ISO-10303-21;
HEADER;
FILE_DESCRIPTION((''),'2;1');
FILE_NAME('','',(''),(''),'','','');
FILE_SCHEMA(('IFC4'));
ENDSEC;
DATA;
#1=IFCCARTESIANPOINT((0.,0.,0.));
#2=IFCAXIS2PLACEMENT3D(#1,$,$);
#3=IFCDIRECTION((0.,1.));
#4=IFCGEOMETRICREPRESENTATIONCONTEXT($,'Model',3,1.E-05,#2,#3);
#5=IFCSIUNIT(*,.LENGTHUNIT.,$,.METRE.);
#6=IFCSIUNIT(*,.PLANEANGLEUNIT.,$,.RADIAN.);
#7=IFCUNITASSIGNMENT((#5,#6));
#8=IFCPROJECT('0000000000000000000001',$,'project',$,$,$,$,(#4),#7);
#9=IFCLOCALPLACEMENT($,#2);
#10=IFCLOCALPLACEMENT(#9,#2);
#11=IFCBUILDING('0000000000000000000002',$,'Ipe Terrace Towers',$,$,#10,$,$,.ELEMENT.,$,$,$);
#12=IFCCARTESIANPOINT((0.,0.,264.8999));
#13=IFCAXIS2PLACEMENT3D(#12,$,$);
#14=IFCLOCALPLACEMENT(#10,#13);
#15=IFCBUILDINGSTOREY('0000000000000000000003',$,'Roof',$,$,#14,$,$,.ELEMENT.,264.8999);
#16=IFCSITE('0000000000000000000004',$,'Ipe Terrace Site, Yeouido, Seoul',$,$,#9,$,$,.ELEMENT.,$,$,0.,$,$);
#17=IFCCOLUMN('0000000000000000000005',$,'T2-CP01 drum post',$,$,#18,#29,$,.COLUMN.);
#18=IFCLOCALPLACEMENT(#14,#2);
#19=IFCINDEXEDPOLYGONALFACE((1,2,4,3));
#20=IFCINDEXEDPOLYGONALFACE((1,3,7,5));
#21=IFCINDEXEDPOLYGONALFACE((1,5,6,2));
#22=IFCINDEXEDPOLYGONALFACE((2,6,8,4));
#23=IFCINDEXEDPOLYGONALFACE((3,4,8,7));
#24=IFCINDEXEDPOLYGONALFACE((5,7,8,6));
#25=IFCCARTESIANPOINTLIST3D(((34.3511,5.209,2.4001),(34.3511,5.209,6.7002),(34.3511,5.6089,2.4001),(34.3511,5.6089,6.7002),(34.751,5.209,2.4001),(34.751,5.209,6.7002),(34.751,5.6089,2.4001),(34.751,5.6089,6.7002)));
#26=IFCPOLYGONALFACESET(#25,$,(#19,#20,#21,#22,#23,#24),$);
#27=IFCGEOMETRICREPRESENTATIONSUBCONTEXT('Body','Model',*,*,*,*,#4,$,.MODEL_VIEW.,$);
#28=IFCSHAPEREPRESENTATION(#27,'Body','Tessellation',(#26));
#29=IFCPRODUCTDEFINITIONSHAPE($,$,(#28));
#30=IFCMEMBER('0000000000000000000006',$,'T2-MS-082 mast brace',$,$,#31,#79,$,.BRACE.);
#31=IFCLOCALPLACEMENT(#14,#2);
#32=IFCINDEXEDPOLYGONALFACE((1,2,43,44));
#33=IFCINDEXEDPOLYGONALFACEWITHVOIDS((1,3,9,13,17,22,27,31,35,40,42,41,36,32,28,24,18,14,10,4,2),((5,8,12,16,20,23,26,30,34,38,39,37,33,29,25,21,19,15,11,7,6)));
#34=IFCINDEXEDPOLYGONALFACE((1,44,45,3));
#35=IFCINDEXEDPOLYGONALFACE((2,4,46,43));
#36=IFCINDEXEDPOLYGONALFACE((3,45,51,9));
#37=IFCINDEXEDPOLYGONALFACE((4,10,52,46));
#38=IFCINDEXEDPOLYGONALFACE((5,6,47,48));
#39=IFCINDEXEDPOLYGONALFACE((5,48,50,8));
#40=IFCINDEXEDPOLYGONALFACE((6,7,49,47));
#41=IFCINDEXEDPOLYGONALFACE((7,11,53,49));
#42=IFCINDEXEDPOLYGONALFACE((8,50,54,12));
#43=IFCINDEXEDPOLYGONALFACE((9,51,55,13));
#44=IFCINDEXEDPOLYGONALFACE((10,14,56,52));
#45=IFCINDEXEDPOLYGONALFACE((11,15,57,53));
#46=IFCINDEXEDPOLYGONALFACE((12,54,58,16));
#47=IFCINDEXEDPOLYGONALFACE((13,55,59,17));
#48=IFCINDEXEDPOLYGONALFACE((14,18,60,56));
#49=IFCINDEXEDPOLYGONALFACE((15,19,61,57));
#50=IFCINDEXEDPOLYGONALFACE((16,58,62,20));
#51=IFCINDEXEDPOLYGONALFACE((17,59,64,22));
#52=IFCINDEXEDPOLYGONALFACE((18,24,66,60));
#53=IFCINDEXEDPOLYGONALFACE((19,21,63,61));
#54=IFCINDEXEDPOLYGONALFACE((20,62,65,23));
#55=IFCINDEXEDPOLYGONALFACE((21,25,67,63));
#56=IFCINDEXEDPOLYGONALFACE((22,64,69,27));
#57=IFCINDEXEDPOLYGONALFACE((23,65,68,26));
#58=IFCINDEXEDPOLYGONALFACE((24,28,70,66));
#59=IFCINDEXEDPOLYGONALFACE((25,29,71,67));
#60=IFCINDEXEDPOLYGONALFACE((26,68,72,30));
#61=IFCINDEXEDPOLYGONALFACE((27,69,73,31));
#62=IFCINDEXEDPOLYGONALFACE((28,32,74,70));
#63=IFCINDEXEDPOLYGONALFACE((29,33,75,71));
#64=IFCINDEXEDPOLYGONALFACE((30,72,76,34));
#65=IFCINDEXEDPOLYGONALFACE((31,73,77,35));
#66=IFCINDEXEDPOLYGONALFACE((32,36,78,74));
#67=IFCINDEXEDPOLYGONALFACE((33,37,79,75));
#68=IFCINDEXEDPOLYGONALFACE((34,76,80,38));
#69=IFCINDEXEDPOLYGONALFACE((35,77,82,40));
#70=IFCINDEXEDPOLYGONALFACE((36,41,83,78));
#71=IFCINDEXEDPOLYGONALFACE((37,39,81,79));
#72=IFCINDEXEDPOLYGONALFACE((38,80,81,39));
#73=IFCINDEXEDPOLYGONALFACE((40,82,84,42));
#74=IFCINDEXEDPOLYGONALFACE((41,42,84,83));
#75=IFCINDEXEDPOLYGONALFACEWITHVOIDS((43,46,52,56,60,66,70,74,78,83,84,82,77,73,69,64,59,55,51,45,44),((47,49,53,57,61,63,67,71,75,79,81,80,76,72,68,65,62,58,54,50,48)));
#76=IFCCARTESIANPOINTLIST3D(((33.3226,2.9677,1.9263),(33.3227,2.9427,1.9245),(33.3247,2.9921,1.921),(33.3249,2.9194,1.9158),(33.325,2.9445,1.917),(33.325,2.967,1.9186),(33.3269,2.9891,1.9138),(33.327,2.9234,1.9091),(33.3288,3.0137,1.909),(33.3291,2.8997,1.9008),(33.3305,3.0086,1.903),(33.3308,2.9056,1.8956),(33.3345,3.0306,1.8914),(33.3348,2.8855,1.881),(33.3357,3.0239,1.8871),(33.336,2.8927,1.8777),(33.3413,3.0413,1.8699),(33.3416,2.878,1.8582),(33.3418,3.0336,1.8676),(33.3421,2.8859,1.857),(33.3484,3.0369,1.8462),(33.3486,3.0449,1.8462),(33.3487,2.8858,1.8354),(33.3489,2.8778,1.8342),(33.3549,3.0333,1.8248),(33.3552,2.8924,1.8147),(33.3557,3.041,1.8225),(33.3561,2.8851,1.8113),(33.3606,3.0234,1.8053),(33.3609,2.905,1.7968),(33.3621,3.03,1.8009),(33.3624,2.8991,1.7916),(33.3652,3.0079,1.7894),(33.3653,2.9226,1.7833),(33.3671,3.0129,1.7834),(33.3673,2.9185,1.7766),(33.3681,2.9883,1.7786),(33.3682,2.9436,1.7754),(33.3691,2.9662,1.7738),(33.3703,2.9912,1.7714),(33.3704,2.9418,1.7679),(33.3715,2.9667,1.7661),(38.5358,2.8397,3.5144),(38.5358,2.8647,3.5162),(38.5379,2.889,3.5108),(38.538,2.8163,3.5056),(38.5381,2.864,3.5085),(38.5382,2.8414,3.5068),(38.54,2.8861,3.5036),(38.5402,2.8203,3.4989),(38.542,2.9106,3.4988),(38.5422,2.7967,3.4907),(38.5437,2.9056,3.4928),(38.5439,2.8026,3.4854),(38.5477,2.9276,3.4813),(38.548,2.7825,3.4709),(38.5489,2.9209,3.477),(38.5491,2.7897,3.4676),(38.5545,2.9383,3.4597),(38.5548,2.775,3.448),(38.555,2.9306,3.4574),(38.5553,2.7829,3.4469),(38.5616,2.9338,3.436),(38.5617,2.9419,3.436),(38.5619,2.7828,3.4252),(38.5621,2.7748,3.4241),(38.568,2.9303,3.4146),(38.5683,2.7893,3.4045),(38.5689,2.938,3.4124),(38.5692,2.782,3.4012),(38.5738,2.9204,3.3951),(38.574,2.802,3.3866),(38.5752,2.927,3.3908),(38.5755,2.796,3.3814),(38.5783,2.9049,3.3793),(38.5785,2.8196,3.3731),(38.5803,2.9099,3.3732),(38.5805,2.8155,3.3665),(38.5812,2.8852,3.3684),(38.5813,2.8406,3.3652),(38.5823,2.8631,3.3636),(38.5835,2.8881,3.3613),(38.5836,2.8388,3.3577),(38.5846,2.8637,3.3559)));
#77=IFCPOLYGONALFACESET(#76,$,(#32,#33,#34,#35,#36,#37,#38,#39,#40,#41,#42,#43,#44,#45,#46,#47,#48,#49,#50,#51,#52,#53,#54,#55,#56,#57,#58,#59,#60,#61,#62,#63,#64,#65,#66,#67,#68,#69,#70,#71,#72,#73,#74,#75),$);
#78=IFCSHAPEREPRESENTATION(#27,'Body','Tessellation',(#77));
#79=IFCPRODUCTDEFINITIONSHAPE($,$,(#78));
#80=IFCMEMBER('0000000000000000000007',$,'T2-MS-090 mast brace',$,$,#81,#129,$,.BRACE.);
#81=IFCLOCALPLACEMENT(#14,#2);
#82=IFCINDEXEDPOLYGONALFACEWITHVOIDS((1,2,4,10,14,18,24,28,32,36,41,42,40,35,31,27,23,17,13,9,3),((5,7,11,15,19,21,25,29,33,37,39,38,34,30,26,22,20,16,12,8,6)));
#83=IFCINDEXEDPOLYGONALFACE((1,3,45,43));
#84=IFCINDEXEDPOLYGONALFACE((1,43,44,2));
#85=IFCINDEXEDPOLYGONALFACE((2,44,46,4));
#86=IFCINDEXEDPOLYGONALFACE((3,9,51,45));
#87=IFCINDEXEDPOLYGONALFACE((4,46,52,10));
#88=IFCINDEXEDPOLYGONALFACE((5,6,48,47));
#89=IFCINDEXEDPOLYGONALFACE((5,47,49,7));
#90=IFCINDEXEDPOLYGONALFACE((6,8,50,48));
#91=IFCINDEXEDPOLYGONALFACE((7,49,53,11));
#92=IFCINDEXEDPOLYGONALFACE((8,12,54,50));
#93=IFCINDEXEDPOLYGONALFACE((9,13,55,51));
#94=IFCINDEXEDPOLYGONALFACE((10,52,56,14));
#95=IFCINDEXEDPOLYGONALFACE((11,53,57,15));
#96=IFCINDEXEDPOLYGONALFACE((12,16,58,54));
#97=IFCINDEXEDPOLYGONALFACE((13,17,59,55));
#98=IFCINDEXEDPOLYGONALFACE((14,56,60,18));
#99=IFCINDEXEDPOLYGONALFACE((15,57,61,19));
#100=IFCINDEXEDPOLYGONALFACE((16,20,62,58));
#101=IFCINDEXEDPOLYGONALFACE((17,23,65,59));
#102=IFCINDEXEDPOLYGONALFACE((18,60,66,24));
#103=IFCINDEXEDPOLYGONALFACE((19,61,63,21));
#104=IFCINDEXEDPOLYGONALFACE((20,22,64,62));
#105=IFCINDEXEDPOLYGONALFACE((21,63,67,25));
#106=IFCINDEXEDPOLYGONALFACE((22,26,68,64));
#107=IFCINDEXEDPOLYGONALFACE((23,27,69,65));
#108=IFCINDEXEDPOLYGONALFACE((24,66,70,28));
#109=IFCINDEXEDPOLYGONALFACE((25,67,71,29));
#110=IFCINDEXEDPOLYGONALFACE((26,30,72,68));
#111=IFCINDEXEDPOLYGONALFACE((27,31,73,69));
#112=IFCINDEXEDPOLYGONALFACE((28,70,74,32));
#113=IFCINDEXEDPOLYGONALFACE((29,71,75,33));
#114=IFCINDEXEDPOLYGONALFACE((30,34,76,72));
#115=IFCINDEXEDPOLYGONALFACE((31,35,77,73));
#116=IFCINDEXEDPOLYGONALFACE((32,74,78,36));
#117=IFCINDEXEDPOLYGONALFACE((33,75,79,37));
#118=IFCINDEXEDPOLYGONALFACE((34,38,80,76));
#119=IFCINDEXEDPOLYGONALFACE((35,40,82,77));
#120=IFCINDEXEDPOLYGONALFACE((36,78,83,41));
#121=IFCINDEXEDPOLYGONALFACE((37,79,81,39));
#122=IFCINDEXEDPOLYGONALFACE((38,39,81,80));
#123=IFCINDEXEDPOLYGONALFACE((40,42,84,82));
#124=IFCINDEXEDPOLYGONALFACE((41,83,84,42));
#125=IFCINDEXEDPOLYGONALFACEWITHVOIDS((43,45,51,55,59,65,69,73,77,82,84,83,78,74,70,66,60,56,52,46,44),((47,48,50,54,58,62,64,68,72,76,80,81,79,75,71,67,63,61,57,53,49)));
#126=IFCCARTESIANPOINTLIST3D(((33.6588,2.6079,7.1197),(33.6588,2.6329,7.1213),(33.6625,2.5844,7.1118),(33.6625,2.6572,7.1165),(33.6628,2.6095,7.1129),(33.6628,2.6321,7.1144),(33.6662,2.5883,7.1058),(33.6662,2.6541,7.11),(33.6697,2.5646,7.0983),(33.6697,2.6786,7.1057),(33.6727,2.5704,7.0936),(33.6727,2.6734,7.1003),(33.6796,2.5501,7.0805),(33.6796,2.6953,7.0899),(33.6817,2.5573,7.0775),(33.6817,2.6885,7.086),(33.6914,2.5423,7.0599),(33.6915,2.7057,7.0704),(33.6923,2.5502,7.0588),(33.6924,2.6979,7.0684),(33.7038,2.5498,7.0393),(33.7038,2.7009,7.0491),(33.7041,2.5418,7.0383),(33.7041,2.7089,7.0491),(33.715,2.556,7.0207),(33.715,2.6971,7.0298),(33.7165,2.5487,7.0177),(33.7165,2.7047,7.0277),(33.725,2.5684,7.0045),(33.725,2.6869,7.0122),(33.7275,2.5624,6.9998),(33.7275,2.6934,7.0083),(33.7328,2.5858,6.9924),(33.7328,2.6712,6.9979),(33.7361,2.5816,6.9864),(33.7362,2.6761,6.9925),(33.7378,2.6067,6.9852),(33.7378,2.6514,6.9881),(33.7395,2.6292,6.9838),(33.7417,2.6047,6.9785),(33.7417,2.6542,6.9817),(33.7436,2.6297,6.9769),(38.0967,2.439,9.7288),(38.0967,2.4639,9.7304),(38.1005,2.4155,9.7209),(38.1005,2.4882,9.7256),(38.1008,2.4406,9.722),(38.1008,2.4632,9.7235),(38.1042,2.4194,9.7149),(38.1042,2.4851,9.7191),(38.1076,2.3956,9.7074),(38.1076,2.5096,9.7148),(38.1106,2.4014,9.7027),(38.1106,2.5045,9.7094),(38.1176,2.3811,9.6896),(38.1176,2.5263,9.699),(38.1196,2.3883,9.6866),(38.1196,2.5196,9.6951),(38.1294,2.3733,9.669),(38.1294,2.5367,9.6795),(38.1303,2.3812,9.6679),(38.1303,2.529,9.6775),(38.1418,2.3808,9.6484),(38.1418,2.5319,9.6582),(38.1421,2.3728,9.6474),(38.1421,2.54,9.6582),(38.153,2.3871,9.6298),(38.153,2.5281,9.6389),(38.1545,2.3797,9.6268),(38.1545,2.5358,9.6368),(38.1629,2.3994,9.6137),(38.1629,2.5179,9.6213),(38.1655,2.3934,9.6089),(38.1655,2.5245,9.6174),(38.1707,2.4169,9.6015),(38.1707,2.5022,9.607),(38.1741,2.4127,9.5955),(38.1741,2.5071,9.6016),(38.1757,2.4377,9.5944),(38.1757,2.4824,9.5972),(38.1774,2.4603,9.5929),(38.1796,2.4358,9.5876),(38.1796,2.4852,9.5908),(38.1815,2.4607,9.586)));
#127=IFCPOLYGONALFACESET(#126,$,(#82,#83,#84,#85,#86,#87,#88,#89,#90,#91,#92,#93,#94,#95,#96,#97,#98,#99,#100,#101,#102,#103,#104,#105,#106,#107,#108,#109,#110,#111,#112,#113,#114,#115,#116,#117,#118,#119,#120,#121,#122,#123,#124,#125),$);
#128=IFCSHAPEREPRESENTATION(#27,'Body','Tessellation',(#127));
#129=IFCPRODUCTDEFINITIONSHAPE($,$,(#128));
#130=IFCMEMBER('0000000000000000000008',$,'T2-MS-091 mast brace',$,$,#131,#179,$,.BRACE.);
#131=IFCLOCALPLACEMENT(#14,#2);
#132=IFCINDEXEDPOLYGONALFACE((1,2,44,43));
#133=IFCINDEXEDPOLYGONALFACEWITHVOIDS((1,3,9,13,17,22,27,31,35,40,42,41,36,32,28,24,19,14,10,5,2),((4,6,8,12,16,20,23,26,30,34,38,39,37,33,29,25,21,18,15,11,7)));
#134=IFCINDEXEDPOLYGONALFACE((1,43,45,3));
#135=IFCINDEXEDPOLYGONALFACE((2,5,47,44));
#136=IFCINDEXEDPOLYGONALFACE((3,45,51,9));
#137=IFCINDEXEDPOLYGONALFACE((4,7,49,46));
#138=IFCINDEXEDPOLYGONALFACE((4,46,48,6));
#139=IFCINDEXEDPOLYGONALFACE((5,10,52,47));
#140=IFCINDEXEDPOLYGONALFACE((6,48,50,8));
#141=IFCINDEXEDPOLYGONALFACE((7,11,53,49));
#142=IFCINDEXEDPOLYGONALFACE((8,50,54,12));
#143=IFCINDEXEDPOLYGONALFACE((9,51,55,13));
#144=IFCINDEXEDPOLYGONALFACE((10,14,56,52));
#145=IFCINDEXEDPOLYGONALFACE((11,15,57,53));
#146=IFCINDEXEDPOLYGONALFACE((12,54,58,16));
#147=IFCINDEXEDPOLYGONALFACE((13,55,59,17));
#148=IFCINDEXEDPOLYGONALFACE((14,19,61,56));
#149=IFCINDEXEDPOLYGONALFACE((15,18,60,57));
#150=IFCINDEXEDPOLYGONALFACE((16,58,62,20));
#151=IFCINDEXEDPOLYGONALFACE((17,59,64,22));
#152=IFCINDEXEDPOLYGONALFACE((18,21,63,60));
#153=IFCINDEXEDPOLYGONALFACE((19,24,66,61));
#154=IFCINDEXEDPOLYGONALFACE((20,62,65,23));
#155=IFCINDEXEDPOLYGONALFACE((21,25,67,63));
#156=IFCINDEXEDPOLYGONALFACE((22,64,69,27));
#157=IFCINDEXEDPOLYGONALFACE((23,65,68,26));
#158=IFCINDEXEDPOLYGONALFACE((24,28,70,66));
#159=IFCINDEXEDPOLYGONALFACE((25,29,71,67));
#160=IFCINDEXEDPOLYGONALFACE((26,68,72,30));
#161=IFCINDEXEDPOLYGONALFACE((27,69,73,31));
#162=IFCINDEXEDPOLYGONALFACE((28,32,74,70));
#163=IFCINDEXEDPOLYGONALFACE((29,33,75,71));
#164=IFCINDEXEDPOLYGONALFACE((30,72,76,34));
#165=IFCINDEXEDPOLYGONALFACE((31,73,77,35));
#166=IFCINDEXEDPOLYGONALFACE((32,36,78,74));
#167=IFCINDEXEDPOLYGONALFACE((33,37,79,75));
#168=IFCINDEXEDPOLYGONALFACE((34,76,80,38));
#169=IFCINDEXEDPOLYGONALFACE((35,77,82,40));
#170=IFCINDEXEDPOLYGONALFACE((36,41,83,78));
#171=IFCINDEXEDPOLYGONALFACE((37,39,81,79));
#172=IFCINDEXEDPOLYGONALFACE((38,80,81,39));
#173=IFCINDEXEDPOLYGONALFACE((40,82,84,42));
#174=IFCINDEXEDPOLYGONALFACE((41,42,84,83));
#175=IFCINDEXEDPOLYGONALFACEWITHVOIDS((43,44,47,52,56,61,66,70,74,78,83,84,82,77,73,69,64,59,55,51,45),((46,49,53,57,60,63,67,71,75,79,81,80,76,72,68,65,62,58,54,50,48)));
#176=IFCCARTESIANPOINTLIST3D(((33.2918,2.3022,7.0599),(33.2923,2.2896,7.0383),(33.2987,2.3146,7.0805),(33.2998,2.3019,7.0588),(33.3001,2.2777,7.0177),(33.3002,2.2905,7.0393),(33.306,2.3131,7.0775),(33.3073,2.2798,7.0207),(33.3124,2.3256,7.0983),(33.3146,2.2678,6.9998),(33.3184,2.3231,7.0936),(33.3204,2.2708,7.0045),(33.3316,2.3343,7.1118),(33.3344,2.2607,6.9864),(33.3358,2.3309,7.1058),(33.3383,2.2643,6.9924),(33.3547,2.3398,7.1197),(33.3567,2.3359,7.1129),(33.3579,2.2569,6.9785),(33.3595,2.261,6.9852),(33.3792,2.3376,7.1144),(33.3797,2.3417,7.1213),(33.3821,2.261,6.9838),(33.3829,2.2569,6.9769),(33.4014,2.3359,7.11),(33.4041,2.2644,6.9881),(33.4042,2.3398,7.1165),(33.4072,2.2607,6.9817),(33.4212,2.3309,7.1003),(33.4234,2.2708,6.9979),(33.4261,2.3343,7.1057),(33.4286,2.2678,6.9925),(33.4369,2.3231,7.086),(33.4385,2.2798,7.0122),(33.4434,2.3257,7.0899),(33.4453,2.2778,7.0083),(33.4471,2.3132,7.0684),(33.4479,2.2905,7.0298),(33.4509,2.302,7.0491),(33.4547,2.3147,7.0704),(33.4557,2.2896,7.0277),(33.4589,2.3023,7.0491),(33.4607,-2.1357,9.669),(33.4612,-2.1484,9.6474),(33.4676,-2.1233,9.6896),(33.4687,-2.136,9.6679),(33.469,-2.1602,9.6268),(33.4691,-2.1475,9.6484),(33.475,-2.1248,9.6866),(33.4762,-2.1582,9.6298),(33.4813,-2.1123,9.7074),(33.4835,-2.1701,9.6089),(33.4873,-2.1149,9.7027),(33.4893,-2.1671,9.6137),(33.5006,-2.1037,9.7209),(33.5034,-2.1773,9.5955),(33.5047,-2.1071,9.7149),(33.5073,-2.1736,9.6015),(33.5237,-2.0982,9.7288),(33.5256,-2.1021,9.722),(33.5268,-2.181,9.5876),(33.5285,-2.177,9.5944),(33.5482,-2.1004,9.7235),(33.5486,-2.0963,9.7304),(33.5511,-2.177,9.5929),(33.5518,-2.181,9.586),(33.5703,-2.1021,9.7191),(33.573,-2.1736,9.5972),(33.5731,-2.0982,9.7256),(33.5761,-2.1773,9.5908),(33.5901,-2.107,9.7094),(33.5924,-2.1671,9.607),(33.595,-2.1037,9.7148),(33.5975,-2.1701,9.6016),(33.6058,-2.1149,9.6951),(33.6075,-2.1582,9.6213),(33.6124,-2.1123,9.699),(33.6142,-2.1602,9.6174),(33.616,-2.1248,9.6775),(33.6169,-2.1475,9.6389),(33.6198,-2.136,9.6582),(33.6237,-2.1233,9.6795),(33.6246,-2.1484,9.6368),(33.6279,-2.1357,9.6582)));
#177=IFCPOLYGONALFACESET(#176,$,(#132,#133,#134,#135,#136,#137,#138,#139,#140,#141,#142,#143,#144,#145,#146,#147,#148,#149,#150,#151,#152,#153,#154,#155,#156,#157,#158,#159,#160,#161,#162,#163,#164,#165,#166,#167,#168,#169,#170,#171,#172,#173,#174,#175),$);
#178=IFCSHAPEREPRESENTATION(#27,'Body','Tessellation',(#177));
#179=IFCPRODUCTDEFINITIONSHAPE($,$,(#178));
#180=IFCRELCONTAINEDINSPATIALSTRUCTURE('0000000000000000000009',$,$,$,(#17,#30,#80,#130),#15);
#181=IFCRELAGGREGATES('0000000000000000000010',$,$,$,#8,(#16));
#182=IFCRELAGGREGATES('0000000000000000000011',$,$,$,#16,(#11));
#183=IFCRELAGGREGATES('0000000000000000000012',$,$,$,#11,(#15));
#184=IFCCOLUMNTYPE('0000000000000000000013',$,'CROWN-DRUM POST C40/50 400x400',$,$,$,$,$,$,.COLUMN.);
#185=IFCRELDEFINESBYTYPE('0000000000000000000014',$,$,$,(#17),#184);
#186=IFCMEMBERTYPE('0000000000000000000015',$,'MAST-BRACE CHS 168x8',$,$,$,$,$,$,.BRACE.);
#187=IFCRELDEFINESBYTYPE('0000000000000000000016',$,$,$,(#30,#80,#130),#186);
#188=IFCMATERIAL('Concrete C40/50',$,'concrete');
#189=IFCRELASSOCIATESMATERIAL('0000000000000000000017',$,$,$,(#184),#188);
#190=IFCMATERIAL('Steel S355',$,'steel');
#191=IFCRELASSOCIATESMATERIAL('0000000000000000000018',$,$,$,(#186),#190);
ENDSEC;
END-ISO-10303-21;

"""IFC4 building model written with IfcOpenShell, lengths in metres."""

from ifc_helpers import new_model, si_unit, direction, frame, origin, origin_2d, place, context, subcontext, project, spatial, rectangle, hollow_circle, extrude, material, material_profile, profile_set, type_object, element, save


model = new_model("IFC4")

# Units and contexts
model_context = context("Model", 3, precision=1e-05, world=origin(), true_north=direction((0.0, 1.0)))
body_context = subcontext(model_context, "Body", "Model", "MODEL_VIEW")
ifc_project = project(units=[si_unit("LENGTHUNIT", "METRE"), si_unit("PLANEANGLEUNIT", "RADIAN")], contexts=[model_context])

# Site, building, storey
site_placement = place(None, origin())
site = spatial("IfcSite", under=ifc_project, at=site_placement, Name="Ipe Terrace Site, Yeouido, Seoul", CompositionType="ELEMENT", RefElevation=0.0)
building_placement = place(site_placement, origin())
building = spatial("IfcBuilding", under=site, at=building_placement, Name="Ipe Terrace Towers", CompositionType="ELEMENT")
storey_placement = place(building_placement, frame((0.0, 0.0, 264.8999)))
storey = spatial("IfcBuildingStorey", under=building, at=storey_placement, Name="Roof", CompositionType="ELEMENT", Elevation=264.8999)

# Column
ifc_material_1 = material(Name="Concrete C40/50", Category="concrete")
ifc_material_profile_1 = material_profile(ifc_material_1, rectangle(XDim=0.3999, YDim=0.3999, at=origin_2d()), Name="CROWN-DRUM POST C40/50 400x400")
ifc_profile_set_1 = profile_set([ifc_material_profile_1], Name="Concrete C40/50")
column_type = type_object("IfcColumnType", Name="CROWN-DRUM POST C40/50 400x400", PredefinedType="COLUMN", material=ifc_profile_set_1)
column_placement = place(storey_placement, frame((34.551, 5.4089, 2.4001), z_axis=(0.0, 0.0, 1.0), x_axis=(1.0, 0.0, 0.0)))
element("IfcColumn", 1, at=column_placement, inside=storey, type_object=column_type, Name="T2-CP01 drum post", PredefinedType="COLUMN", context=body_context, shape_type="SweptSolid", body=[
    extrude(rectangle(XDim=0.3999, YDim=0.3999, at=origin_2d()), origin(), (0.0, 0.0, 1.0), 4.3),
])

# Members
ifc_material_2 = material(Name="Steel S355", Category="steel")
ifc_material_profile_2 = material_profile(ifc_material_2, hollow_circle(Radius=0.084, WallThickness=0.0081, at=origin_2d()), Name="MAST-BRACE CHS 168x8")
ifc_profile_set_2 = profile_set([ifc_material_profile_2], Name="Steel S355")
member_type_1 = type_object("IfcMemberType", Name="MAST-BRACE CHS 168x8", PredefinedType="BRACE", material=ifc_profile_set_2)
member_1_placement = place(storey_placement, frame((33.3469, 2.9609, 1.8462), z_axis=(0.956337, -0.0189, 0.291653), x_axis=(0.019759, 0.999805, 0.0)))
element("IfcMember", 2, at=member_1_placement, inside=storey, type_object=member_type_1, Name="T2-MS-082 mast brace", PredefinedType="BRACE", context=body_context, shape_type="SweptSolid", body=[
    extrude(hollow_circle(Radius=0.084, WallThickness=0.0081, at=origin_2d()), origin(), (0.0, 0.0, 1.0), 5.4512),
])
for number, where, z_axis, x_axis, name in (
    (3, (33.7009, 2.625, 7.0491), (0.861594, -0.032799, 0.506538), (0.03804, 0.999276, 0.0), "T2-MS-090 mast brace"),
    (4, (33.375, 2.2991, 7.0491), (0.032799, -0.861594, 0.506538), (0.999276, 0.03804, 0.0), "T2-MS-091 mast brace"),
):
    element("IfcMember", number, at=place(storey_placement, frame(where, z_axis=z_axis, x_axis=x_axis)), inside=storey, type_object=member_type_1, Name=name, PredefinedType="BRACE", context=body_context, shape_type="SweptSolid", body=[
        extrude(hollow_circle(Radius=0.084, WallThickness=0.0081, at=origin_2d()), origin(), (0.0, 0.0, 1.0), 5.1509),
    ])

save(model, "model.ifc")
